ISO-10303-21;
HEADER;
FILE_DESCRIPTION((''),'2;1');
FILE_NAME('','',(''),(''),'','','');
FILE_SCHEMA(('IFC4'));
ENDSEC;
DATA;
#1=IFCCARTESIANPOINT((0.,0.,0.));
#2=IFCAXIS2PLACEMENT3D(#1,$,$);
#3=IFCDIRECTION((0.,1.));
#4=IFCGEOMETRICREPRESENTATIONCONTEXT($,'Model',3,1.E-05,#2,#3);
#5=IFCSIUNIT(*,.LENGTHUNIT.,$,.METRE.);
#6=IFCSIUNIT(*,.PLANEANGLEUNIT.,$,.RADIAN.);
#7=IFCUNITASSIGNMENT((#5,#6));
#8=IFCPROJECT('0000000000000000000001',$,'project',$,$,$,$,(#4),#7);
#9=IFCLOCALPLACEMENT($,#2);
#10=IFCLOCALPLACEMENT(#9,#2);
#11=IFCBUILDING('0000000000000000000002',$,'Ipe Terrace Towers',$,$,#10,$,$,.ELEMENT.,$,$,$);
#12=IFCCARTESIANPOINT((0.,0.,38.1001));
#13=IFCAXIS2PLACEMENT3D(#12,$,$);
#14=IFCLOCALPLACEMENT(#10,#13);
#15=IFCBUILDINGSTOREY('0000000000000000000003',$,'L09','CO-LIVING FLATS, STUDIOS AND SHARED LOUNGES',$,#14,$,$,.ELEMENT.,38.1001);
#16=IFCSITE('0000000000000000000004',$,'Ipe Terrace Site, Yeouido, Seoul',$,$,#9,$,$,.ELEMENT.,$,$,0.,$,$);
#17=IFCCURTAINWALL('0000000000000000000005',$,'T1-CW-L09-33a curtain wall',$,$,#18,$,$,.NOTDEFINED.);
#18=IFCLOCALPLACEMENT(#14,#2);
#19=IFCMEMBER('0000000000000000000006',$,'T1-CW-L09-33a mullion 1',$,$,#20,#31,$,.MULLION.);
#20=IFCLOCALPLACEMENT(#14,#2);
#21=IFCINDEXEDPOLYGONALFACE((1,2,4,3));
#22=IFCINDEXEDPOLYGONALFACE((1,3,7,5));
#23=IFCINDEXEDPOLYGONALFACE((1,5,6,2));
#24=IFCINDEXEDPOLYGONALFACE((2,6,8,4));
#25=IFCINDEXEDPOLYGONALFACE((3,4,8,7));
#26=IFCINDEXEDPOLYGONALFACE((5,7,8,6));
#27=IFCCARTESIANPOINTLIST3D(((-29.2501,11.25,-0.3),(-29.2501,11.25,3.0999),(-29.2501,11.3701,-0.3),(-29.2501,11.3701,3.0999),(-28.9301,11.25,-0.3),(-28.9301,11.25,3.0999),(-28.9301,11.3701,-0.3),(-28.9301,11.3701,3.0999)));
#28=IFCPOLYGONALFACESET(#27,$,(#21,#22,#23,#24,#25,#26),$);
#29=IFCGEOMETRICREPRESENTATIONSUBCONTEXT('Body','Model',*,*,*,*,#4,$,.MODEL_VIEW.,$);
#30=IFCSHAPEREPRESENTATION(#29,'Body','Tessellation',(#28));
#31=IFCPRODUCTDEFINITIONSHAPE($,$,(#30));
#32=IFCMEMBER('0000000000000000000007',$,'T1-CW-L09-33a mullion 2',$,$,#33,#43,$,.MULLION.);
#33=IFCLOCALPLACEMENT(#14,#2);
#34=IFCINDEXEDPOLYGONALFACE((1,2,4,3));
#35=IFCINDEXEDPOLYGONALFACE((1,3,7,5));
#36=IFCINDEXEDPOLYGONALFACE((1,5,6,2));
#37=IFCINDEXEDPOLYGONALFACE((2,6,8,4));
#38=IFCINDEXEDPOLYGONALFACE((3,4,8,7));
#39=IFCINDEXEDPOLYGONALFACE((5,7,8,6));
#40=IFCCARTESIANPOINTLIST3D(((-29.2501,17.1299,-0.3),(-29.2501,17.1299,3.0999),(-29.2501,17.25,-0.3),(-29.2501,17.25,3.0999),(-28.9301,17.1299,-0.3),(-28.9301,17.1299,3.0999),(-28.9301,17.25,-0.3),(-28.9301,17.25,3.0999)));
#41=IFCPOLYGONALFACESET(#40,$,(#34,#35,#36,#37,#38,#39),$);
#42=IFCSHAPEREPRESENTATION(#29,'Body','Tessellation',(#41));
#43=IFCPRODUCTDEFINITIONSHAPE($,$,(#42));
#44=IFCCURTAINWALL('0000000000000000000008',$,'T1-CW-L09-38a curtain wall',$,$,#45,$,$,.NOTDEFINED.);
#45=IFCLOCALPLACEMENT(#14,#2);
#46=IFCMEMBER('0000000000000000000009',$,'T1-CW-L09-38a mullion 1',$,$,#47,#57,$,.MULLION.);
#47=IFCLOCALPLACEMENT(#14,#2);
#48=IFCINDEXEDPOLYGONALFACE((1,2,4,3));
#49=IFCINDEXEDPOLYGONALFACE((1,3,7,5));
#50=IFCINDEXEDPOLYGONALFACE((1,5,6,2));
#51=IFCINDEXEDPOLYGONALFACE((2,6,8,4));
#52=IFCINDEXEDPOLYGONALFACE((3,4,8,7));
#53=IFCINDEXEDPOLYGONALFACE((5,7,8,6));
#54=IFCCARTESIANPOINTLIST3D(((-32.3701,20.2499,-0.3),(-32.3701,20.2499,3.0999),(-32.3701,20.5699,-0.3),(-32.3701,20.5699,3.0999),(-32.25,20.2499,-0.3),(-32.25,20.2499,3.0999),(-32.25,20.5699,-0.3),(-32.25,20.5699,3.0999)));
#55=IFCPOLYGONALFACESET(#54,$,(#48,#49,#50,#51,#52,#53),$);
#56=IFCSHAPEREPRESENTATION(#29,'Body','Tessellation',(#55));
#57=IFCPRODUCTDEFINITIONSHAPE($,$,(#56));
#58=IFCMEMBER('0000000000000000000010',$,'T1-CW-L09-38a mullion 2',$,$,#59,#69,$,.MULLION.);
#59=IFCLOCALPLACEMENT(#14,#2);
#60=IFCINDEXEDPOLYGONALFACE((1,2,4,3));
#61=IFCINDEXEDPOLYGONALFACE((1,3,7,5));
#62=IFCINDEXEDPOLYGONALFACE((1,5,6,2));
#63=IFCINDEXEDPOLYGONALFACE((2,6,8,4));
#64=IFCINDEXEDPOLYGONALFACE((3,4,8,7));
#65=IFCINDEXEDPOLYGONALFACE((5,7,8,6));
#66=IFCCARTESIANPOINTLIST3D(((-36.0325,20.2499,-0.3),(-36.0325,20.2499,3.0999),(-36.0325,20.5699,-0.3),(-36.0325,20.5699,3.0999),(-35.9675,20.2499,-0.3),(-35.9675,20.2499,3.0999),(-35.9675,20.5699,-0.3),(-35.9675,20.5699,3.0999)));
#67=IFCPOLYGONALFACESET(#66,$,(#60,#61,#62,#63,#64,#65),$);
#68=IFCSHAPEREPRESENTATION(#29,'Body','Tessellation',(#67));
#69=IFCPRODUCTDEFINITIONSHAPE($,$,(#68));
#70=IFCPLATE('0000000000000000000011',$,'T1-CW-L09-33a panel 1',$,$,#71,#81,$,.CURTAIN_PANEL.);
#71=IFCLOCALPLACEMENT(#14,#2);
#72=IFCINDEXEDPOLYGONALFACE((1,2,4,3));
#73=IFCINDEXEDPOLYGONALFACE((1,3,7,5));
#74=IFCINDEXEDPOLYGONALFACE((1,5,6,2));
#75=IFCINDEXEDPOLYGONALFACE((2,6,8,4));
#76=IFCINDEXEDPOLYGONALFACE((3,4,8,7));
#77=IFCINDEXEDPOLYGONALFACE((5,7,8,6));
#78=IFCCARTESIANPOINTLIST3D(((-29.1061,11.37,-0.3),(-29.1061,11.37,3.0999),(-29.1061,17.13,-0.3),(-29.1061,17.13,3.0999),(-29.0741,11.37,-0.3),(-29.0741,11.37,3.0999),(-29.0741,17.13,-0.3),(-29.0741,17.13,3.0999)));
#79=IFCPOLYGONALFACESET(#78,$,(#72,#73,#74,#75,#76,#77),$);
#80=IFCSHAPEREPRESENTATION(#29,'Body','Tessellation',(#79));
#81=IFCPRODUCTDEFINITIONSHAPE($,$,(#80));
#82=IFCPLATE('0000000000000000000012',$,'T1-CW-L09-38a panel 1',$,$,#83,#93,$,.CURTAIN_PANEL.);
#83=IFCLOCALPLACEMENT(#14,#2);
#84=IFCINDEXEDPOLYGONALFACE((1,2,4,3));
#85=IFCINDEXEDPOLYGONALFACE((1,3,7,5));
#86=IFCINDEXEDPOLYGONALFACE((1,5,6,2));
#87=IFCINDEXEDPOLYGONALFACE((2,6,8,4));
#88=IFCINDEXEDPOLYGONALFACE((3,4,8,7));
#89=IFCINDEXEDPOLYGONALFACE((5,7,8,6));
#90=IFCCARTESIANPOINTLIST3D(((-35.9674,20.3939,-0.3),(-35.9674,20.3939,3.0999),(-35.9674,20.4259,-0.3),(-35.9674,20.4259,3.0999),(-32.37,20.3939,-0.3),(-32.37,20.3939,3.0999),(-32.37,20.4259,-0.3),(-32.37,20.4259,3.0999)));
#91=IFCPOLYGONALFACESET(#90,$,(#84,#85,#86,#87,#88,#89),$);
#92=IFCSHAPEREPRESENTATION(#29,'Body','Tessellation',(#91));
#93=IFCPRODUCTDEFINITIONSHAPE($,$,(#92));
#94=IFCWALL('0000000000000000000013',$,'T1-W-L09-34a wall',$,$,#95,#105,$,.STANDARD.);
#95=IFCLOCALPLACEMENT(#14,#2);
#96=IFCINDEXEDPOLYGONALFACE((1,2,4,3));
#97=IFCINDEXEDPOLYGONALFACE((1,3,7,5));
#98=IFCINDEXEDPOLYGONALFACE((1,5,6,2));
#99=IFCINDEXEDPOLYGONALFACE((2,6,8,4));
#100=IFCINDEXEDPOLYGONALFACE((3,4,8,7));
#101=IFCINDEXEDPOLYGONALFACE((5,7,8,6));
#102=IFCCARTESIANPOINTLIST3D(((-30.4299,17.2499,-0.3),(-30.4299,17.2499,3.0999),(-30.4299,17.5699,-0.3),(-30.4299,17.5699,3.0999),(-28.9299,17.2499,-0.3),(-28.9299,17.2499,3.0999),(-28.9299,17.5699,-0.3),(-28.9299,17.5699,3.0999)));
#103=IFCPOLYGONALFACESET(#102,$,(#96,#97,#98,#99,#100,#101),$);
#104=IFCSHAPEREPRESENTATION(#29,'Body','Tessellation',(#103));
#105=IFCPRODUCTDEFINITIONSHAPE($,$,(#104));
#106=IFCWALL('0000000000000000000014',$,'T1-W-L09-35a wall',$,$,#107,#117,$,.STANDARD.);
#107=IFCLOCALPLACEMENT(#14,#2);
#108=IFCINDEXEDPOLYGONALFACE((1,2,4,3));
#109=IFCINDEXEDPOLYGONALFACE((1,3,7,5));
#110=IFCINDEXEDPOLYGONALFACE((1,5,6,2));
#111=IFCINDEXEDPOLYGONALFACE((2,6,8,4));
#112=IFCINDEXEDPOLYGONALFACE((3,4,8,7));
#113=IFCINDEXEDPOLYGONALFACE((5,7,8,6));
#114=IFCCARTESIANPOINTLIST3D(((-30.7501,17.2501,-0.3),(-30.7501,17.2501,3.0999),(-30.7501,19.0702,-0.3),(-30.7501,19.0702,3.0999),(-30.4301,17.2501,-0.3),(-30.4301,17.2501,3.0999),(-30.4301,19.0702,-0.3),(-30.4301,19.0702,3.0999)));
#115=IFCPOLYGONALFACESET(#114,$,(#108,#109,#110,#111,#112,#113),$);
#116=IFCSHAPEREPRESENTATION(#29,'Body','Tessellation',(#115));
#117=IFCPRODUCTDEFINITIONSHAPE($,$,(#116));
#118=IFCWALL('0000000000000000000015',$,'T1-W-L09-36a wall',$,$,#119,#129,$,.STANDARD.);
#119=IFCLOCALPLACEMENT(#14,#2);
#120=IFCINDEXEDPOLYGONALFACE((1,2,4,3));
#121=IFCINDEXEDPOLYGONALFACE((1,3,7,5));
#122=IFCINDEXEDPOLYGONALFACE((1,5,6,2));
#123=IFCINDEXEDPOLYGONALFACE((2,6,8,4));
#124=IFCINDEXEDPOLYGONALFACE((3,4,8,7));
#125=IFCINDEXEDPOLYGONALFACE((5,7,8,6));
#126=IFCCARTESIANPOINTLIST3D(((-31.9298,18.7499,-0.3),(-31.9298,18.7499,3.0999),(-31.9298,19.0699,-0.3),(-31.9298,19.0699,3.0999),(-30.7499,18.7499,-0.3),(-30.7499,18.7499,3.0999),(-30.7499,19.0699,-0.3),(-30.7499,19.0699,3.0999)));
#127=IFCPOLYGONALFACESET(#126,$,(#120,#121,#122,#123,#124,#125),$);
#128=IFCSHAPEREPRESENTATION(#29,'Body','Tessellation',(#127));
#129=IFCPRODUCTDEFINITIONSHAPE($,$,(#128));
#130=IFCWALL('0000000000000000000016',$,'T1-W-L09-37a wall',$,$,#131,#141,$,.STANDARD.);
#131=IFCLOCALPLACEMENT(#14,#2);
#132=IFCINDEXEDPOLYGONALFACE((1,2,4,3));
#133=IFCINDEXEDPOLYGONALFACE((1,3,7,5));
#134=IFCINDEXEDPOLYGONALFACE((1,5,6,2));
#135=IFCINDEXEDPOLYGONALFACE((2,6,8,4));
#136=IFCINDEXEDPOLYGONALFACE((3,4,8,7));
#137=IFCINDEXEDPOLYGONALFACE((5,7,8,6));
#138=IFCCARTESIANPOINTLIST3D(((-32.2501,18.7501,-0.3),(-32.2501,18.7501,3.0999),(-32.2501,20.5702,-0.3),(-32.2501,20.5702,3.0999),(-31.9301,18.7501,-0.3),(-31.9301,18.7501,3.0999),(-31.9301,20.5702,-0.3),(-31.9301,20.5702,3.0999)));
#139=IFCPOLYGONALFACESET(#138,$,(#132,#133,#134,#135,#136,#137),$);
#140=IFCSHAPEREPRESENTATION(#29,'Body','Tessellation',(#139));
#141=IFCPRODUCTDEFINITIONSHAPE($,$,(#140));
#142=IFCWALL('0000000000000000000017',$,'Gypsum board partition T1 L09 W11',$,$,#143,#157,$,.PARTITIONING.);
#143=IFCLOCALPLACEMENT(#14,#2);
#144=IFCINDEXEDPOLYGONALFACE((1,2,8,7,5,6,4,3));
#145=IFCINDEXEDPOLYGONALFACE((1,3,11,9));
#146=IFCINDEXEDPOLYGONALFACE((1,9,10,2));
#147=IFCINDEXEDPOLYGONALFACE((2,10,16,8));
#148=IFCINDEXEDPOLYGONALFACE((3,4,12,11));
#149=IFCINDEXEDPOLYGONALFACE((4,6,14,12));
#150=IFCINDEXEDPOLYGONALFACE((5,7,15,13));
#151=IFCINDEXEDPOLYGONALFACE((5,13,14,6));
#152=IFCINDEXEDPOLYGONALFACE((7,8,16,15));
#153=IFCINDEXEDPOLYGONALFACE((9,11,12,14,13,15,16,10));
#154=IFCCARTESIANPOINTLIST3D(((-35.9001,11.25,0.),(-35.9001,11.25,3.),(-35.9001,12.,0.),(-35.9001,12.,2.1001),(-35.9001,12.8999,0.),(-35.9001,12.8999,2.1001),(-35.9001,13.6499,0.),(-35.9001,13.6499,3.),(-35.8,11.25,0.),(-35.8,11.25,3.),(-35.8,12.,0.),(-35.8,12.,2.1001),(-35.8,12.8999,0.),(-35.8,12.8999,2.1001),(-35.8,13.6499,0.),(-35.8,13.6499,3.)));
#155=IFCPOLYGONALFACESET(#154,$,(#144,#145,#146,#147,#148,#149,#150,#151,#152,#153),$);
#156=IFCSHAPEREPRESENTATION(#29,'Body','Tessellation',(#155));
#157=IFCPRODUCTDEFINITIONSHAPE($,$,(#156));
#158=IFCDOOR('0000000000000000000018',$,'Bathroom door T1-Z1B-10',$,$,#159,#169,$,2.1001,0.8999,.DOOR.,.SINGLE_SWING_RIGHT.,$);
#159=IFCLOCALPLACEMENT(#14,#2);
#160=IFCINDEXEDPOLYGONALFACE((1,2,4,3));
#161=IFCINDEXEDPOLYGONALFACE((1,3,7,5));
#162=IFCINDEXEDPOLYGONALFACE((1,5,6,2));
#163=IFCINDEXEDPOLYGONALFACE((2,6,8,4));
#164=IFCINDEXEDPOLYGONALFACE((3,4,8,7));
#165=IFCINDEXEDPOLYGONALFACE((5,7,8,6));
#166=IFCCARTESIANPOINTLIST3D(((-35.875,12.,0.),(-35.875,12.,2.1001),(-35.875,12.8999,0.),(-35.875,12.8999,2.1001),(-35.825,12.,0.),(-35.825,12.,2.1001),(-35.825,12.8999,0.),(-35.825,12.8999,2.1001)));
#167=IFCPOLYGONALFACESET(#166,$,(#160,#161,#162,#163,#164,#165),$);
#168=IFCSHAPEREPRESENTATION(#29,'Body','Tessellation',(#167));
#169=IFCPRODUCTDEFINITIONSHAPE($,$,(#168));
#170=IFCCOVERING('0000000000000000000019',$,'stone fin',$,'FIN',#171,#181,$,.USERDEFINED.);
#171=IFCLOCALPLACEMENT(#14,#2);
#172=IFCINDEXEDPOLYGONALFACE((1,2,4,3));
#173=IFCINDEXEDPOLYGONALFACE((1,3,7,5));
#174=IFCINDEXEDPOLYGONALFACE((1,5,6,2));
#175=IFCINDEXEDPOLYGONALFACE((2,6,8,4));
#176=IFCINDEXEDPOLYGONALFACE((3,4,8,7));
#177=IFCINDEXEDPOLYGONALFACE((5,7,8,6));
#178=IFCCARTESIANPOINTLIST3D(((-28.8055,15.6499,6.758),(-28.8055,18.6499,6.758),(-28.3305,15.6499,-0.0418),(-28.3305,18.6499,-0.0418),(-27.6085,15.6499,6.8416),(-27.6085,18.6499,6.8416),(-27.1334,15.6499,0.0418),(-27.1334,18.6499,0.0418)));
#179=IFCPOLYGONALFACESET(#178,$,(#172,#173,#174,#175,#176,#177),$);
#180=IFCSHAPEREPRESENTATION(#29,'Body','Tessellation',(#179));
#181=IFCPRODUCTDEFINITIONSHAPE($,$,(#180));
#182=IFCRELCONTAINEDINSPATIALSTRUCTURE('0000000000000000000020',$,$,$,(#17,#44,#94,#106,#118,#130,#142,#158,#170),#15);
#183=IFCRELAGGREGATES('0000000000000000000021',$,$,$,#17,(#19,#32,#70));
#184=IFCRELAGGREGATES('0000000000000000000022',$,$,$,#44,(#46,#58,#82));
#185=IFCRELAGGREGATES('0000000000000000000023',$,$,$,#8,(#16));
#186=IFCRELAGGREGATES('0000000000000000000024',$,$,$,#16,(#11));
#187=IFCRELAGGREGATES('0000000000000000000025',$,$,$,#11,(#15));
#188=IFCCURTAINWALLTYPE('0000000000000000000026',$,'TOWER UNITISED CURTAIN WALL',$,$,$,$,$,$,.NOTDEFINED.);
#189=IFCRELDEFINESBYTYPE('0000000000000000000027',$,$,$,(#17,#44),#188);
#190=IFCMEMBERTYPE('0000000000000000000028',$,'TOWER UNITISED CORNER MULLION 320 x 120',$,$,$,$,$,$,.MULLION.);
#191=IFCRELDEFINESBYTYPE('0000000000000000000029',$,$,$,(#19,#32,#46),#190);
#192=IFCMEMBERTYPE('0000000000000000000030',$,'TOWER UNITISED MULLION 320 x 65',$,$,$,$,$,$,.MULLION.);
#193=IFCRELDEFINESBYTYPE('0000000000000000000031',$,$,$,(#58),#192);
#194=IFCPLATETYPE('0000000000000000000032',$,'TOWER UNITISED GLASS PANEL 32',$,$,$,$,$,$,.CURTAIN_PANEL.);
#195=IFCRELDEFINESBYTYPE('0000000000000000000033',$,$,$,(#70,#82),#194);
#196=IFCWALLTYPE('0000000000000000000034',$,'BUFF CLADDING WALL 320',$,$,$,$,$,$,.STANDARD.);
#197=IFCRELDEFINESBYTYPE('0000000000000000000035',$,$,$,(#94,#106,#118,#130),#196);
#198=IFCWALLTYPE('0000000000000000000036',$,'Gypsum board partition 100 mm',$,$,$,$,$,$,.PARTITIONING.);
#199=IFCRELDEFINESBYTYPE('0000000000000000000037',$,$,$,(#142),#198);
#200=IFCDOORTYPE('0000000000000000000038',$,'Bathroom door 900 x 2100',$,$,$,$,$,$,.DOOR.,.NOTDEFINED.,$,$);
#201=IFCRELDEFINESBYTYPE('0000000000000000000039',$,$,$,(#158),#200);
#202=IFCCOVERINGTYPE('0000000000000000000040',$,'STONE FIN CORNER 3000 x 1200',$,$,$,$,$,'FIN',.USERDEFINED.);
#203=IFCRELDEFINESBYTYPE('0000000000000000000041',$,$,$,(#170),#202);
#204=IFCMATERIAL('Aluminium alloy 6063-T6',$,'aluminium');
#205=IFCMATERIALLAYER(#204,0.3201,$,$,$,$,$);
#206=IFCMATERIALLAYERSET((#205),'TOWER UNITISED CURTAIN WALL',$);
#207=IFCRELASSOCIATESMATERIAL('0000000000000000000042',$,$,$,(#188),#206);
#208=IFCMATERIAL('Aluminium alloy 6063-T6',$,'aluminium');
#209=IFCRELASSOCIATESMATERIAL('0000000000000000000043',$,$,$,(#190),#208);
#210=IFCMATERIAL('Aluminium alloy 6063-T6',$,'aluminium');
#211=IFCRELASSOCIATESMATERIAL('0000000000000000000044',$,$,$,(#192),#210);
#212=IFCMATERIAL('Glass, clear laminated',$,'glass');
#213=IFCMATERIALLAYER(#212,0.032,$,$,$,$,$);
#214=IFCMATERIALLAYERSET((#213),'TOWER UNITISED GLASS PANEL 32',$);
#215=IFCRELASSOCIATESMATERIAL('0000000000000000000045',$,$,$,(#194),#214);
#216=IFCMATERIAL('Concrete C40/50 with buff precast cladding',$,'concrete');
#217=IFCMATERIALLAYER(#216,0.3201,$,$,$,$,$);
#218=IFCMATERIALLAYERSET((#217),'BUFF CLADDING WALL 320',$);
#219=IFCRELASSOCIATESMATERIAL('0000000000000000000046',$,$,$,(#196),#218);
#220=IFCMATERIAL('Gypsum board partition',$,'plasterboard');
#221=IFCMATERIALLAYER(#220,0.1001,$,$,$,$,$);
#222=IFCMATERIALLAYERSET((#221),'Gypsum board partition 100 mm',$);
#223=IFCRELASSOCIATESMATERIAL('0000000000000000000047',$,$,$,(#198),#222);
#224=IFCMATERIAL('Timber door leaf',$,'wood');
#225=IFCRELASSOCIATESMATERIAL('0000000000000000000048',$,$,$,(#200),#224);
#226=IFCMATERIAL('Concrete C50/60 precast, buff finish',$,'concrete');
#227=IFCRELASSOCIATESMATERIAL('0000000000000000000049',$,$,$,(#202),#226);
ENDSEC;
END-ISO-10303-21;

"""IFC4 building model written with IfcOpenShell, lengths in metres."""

from ifc_helpers import new_model, si_unit, direction, frame, frame_2d, origin, origin_2d, place, context, subcontext, project, spatial, rectangle, extrude, material, layer, layer_set, material_profile, profile_set, type_object, element, fill, aggregate, save


model = new_model("IFC4")

# Units and contexts
model_context = context("Model", 3, precision=1e-05, world=origin(), true_north=direction((0.0, 1.0)))
body_context = subcontext(model_context, "Body", "Model", "MODEL_VIEW")
ifc_project = project(units=[si_unit("LENGTHUNIT", "METRE"), si_unit("PLANEANGLEUNIT", "RADIAN")], contexts=[model_context])

# Site, building, storey
site_placement = place(None, origin())
site = spatial("IfcSite", under=ifc_project, at=site_placement, Name="Ipe Terrace Site, Yeouido, Seoul", CompositionType="ELEMENT", RefElevation=0.0)
building_placement = place(site_placement, origin())
building = spatial("IfcBuilding", under=site, at=building_placement, Name="Ipe Terrace Towers", CompositionType="ELEMENT")
storey_placement = place(building_placement, frame((0.0, 0.0, 38.1001)))
storey = spatial("IfcBuildingStorey", under=building, at=storey_placement, Name="L09", Description="CO-LIVING FLATS, STUDIOS AND SHARED LOUNGES", CompositionType="ELEMENT", Elevation=38.1001)

# Curtain walls, members
ifc_material_1 = material(Name="Aluminium alloy 6063-T6", Category="aluminium")
ifc_layer_1 = layer(ifc_material_1, 0.3201)
ifc_layer_set_1 = layer_set([ifc_layer_1], Name="TOWER UNITISED CURTAIN WALL")
curtain_wall_type = type_object("IfcCurtainWallType", Name="TOWER UNITISED CURTAIN WALL", PredefinedType="NOTDEFINED", material=ifc_layer_set_1)
curtain_wall_1_placement = place(storey_placement, origin())
curtain_wall_1 = element("IfcCurtainWall", 1, at=curtain_wall_1_placement, inside=storey, type_object=curtain_wall_type, Name="T1-CW-L09-33a curtain wall", PredefinedType="NOTDEFINED")
ifc_material_2 = material(Name="Aluminium alloy 6063-T6", Category="aluminium")
ifc_material_profile_1 = material_profile(ifc_material_2, rectangle(XDim=0.3201, YDim=0.1201, at=origin_2d()), Name="TOWER UNITISED CORNER MULLION 320 x 120")
ifc_profile_set_1 = profile_set([ifc_material_profile_1], Name="Aluminium alloy 6063-T6")
member_type_1 = type_object("IfcMemberType", Name="TOWER UNITISED CORNER MULLION 320 x 120", PredefinedType="MULLION", material=ifc_profile_set_1)
member_1_placement = place(storey_placement, frame((-29.0901, 11.3101, -0.3), z_axis=(0.0, 0.0, 1.0), x_axis=(1.0, 0.0, 0.0)))
member_1 = element("IfcMember", 2, at=member_1_placement, type_object=member_type_1, Name="T1-CW-L09-33a mullion 1", PredefinedType="MULLION", context=body_context, shape_type="SweptSolid", body=[
    extrude(rectangle(XDim=0.3201, YDim=0.1201, at=origin_2d()), origin(), (0.0, 0.0, 1.0), 3.3999),
])
member_2_placement = place(storey_placement, frame((-29.0901, 17.1899, -0.3), z_axis=(0.0, 0.0, 1.0), x_axis=(1.0, 0.0, 0.0)))
member_2 = element("IfcMember", 3, at=member_2_placement, type_object=member_type_1, Name="T1-CW-L09-33a mullion 2", PredefinedType="MULLION", context=body_context, shape_type="SweptSolid", body=[
    extrude(rectangle(XDim=0.3201, YDim=0.1201, at=origin_2d()), origin(), (0.0, 0.0, 1.0), 3.3999),
])
curtain_wall_2_placement = place(storey_placement, origin())
curtain_wall_2 = element("IfcCurtainWall", 4, at=curtain_wall_2_placement, inside=storey, type_object=curtain_wall_type, Name="T1-CW-L09-38a curtain wall", PredefinedType="NOTDEFINED")
member_3_placement = place(storey_placement, frame((-32.3101, 20.4099, -0.3), z_axis=(0.0, 0.0, 1.0), x_axis=(0.0, 1.0, 0.0)))
member_3 = element("IfcMember", 5, at=member_3_placement, type_object=member_type_1, Name="T1-CW-L09-38a mullion 1", PredefinedType="MULLION", context=body_context, shape_type="SweptSolid", body=[
    extrude(rectangle(XDim=0.3201, YDim=0.1201, at=origin_2d()), origin(), (0.0, 0.0, 1.0), 3.3999),
])
ifc_material_3 = material(Name="Aluminium alloy 6063-T6", Category="aluminium")
ifc_material_profile_2 = material_profile(ifc_material_3, rectangle(XDim=0.3201, YDim=0.0649, at=origin_2d()), Name="TOWER UNITISED MULLION 320 x 65")
ifc_profile_set_2 = profile_set([ifc_material_profile_2], Name="Aluminium alloy 6063-T6")
member_type_2 = type_object("IfcMemberType", Name="TOWER UNITISED MULLION 320 x 65", PredefinedType="MULLION", material=ifc_profile_set_2)
member_4_placement = place(storey_placement, frame((-36.0, 20.4099, -0.3), z_axis=(0.0, 0.0, 1.0), x_axis=(0.0, 1.0, 0.0)))
member_4 = element("IfcMember", 6, at=member_4_placement, type_object=member_type_2, Name="T1-CW-L09-38a mullion 2", PredefinedType="MULLION", context=body_context, shape_type="SweptSolid", body=[
    extrude(rectangle(XDim=0.3201, YDim=0.0649, at=origin_2d()), origin(), (0.0, 0.0, 1.0), 3.3999),
])

# Plates
ifc_material_4 = material(Name="Glass, clear laminated", Category="glass")
ifc_layer_2 = layer(ifc_material_4, 0.032)
ifc_layer_set_2 = layer_set([ifc_layer_2], Name="TOWER UNITISED GLASS PANEL 32")
plate_type = type_object("IfcPlateType", Name="TOWER UNITISED GLASS PANEL 32", PredefinedType="CURTAIN_PANEL", material=ifc_layer_set_2)
plate_1_placement = place(storey_placement, frame((-29.0901, 14.25, -0.3), z_axis=(0.0, 0.0, 1.0), x_axis=(0.0, 1.0, 0.0)))
plate_1 = element("IfcPlate", 7, at=plate_1_placement, type_object=plate_type, Name="T1-CW-L09-33a panel 1", PredefinedType="CURTAIN_PANEL", context=body_context, shape_type="SweptSolid", body=[
    extrude(rectangle(XDim=5.76, YDim=0.032, at=origin_2d()), origin(), (0.0, 0.0, 1.0), 3.3999),
])
aggregate(curtain_wall_1, [member_1, member_2, plate_1])
plate_2_placement = place(storey_placement, frame((-34.1687, 20.4099, -0.3), z_axis=(0.0, 0.0, 1.0), x_axis=(-1.0, 0.0, 0.0)))
plate_2 = element("IfcPlate", 8, at=plate_2_placement, type_object=plate_type, Name="T1-CW-L09-38a panel 1", PredefinedType="CURTAIN_PANEL", context=body_context, shape_type="SweptSolid", body=[
    extrude(rectangle(XDim=3.5974, YDim=0.032, at=origin_2d()), origin(), (0.0, 0.0, 1.0), 3.3999),
])
aggregate(curtain_wall_2, [member_3, member_4, plate_2])

# Walls
ifc_material_5 = material(Name="Concrete C40/50 with buff precast cladding", Category="concrete")
ifc_layer_3 = layer(ifc_material_5, 0.3201)
ifc_layer_set_3 = layer_set([ifc_layer_3], Name="BUFF CLADDING WALL 320")
wall_type_1 = type_object("IfcWallType", Name="BUFF CLADDING WALL 320", PredefinedType="STANDARD", material=ifc_layer_set_3)
wall_1_placement = place(storey_placement, frame((-28.9299, 17.4099, -0.3), z_axis=(0.0, 0.0, 1.0), x_axis=(-1.0, 0.0, 0.0)))
element("IfcWall", 9, at=wall_1_placement, inside=storey, type_object=wall_type_1, Name="T1-W-L09-34a wall", PredefinedType="STANDARD", context=body_context, shape_type="SweptSolid", body=[
    extrude(rectangle(XDim=1.5, YDim=0.3201, at=frame_2d((0.75, 0.0))), origin(), (0.0, 0.0, 1.0), 3.3999),
])
wall_2_placement = place(storey_placement, frame((-30.5901, 17.25, -0.3), z_axis=(0.0, 0.0, 1.0), x_axis=(0.0, 1.0, 0.0)))
element("IfcWall", 10, at=wall_2_placement, inside=storey, type_object=wall_type_1, Name="T1-W-L09-35a wall", PredefinedType="STANDARD", context=body_context, shape_type="SweptSolid", body=[
    extrude(rectangle(XDim=1.8201, YDim=0.3201, at=frame_2d((0.9102, 0.0))), origin(), (0.0, 0.0, 1.0), 3.3999),
])
wall_3_placement = place(storey_placement, frame((-30.75, 18.9099, -0.3), z_axis=(0.0, 0.0, 1.0), x_axis=(-1.0, 0.0, 0.0)))
element("IfcWall", 11, at=wall_3_placement, inside=storey, type_object=wall_type_1, Name="T1-W-L09-36a wall", PredefinedType="STANDARD", context=body_context, shape_type="SweptSolid", body=[
    extrude(rectangle(XDim=1.1799, YDim=0.3201, at=frame_2d((0.5898, 0.0))), origin(), (0.0, 0.0, 1.0), 3.3999),
])
wall_4_placement = place(storey_placement, frame((-32.0901, 18.75, -0.3), z_axis=(0.0, 0.0, 1.0), x_axis=(0.0, 1.0, 0.0)))
element("IfcWall", 12, at=wall_4_placement, inside=storey, type_object=wall_type_1, Name="T1-W-L09-37a wall", PredefinedType="STANDARD", context=body_context, shape_type="SweptSolid", body=[
    extrude(rectangle(XDim=1.8201, YDim=0.3201, at=frame_2d((0.9102, 0.0))), origin(), (0.0, 0.0, 1.0), 3.3999),
])

# Wall, opening, door
ifc_material_6 = material(Name="Gypsum board partition", Category="plasterboard")
ifc_layer_4 = layer(ifc_material_6, 0.1001)
ifc_layer_set_4 = layer_set([ifc_layer_4], Name="Gypsum board partition 100 mm")
wall_type_2 = type_object("IfcWallType", Name="Gypsum board partition 100 mm", PredefinedType="PARTITIONING", material=ifc_layer_set_4)
wall_5_placement = place(storey_placement, frame((-35.8501, 11.25, 0.0), z_axis=(0.0, 0.0, 1.0), x_axis=(0.0, 1.0, 0.0)))
wall_5 = element("IfcWall", 13, at=wall_5_placement, inside=storey, type_object=wall_type_2, Name="Gypsum board partition T1 L09 W11", PredefinedType="PARTITIONING", context=body_context, shape_type="SweptSolid", body=[
    extrude(rectangle(XDim=2.3999, YDim=0.1001, at=frame_2d((1.2, 0.0))), origin(), (0.0, 0.0, 1.0), 3.0),
])
opening_placement = place(wall_5_placement, frame((0.75, 0.0, 0.0)))
opening = element("IfcOpeningElement", 14, at=opening_placement, cuts=wall_5, PredefinedType="OPENING", context=body_context, shape_type="SweptSolid", body=[
    extrude(rectangle(XDim=0.8999, YDim=2.1001, at=frame_2d((0.45, 1.05))), frame((0.0, 0.0601, 0.0), z_axis=(0.0, -1.0, 0.0), x_axis=(1.0, 0.0, 0.0)), (0.0, 0.0, 1.0), 0.1201),
])
ifc_material_7 = material(Name="Timber door leaf", Category="wood")
door_type = type_object("IfcDoorType", Name="Bathroom door 900 x 2100", OperationType="NOTDEFINED", PredefinedType="DOOR", material=ifc_material_7)
door_placement = place(opening_placement, origin())
door = element("IfcDoor", 15, at=door_placement, inside=storey, type_object=door_type, Name="Bathroom door T1-Z1B-10", OperationType="SINGLE_SWING_RIGHT", OverallHeight=2.1001, OverallWidth=0.8999, PredefinedType="DOOR", context=body_context, shape_type="SweptSolid", body=[
    extrude(rectangle(XDim=0.8999, YDim=2.1001, at=frame_2d((0.45, 1.05))), frame((0.0, 0.0249, 0.0), z_axis=(0.0, -1.0, 0.0), x_axis=(1.0, 0.0, 0.0)), (0.0, 0.0, 1.0), 0.05),
])
fill(opening, door)

# Covering
ifc_material_8 = material(Name="Concrete C50/60 precast, buff finish", Category="concrete")
ifc_material_profile_3 = material_profile(ifc_material_8, rectangle(XDim=3.0, YDim=1.2, at=origin_2d()), Name="STONE FIN CORNER 3000 x 1200")
ifc_profile_set_3 = profile_set([ifc_material_profile_3], Name="Concrete C50/60 precast, buff finish")
covering_type_1 = type_object("IfcCoveringType", Name="STONE FIN CORNER 3000 x 1200", ElementType="FIN", PredefinedType="USERDEFINED", material=ifc_profile_set_3)
for number, where, z_axis, x_axis, name in (
    (16, (-27.7319, 17.1499, 0.0), (-0.069699, 0.0, 0.997568), (0.0, 1.0, 0.0), "stone fin"),
):
    element("IfcCovering", number, at=place(storey_placement, frame(where, z_axis=z_axis, x_axis=x_axis)), inside=storey, type_object=covering_type_1, Name=name, ObjectType="FIN", PredefinedType="USERDEFINED", context=body_context, shape_type="SweptSolid", body=[
        extrude(rectangle(XDim=3.0, YDim=1.2, at=origin_2d()), origin(), (0.0, 0.0, 1.0), 6.8164),
    ])

save(model, "model.ifc")
